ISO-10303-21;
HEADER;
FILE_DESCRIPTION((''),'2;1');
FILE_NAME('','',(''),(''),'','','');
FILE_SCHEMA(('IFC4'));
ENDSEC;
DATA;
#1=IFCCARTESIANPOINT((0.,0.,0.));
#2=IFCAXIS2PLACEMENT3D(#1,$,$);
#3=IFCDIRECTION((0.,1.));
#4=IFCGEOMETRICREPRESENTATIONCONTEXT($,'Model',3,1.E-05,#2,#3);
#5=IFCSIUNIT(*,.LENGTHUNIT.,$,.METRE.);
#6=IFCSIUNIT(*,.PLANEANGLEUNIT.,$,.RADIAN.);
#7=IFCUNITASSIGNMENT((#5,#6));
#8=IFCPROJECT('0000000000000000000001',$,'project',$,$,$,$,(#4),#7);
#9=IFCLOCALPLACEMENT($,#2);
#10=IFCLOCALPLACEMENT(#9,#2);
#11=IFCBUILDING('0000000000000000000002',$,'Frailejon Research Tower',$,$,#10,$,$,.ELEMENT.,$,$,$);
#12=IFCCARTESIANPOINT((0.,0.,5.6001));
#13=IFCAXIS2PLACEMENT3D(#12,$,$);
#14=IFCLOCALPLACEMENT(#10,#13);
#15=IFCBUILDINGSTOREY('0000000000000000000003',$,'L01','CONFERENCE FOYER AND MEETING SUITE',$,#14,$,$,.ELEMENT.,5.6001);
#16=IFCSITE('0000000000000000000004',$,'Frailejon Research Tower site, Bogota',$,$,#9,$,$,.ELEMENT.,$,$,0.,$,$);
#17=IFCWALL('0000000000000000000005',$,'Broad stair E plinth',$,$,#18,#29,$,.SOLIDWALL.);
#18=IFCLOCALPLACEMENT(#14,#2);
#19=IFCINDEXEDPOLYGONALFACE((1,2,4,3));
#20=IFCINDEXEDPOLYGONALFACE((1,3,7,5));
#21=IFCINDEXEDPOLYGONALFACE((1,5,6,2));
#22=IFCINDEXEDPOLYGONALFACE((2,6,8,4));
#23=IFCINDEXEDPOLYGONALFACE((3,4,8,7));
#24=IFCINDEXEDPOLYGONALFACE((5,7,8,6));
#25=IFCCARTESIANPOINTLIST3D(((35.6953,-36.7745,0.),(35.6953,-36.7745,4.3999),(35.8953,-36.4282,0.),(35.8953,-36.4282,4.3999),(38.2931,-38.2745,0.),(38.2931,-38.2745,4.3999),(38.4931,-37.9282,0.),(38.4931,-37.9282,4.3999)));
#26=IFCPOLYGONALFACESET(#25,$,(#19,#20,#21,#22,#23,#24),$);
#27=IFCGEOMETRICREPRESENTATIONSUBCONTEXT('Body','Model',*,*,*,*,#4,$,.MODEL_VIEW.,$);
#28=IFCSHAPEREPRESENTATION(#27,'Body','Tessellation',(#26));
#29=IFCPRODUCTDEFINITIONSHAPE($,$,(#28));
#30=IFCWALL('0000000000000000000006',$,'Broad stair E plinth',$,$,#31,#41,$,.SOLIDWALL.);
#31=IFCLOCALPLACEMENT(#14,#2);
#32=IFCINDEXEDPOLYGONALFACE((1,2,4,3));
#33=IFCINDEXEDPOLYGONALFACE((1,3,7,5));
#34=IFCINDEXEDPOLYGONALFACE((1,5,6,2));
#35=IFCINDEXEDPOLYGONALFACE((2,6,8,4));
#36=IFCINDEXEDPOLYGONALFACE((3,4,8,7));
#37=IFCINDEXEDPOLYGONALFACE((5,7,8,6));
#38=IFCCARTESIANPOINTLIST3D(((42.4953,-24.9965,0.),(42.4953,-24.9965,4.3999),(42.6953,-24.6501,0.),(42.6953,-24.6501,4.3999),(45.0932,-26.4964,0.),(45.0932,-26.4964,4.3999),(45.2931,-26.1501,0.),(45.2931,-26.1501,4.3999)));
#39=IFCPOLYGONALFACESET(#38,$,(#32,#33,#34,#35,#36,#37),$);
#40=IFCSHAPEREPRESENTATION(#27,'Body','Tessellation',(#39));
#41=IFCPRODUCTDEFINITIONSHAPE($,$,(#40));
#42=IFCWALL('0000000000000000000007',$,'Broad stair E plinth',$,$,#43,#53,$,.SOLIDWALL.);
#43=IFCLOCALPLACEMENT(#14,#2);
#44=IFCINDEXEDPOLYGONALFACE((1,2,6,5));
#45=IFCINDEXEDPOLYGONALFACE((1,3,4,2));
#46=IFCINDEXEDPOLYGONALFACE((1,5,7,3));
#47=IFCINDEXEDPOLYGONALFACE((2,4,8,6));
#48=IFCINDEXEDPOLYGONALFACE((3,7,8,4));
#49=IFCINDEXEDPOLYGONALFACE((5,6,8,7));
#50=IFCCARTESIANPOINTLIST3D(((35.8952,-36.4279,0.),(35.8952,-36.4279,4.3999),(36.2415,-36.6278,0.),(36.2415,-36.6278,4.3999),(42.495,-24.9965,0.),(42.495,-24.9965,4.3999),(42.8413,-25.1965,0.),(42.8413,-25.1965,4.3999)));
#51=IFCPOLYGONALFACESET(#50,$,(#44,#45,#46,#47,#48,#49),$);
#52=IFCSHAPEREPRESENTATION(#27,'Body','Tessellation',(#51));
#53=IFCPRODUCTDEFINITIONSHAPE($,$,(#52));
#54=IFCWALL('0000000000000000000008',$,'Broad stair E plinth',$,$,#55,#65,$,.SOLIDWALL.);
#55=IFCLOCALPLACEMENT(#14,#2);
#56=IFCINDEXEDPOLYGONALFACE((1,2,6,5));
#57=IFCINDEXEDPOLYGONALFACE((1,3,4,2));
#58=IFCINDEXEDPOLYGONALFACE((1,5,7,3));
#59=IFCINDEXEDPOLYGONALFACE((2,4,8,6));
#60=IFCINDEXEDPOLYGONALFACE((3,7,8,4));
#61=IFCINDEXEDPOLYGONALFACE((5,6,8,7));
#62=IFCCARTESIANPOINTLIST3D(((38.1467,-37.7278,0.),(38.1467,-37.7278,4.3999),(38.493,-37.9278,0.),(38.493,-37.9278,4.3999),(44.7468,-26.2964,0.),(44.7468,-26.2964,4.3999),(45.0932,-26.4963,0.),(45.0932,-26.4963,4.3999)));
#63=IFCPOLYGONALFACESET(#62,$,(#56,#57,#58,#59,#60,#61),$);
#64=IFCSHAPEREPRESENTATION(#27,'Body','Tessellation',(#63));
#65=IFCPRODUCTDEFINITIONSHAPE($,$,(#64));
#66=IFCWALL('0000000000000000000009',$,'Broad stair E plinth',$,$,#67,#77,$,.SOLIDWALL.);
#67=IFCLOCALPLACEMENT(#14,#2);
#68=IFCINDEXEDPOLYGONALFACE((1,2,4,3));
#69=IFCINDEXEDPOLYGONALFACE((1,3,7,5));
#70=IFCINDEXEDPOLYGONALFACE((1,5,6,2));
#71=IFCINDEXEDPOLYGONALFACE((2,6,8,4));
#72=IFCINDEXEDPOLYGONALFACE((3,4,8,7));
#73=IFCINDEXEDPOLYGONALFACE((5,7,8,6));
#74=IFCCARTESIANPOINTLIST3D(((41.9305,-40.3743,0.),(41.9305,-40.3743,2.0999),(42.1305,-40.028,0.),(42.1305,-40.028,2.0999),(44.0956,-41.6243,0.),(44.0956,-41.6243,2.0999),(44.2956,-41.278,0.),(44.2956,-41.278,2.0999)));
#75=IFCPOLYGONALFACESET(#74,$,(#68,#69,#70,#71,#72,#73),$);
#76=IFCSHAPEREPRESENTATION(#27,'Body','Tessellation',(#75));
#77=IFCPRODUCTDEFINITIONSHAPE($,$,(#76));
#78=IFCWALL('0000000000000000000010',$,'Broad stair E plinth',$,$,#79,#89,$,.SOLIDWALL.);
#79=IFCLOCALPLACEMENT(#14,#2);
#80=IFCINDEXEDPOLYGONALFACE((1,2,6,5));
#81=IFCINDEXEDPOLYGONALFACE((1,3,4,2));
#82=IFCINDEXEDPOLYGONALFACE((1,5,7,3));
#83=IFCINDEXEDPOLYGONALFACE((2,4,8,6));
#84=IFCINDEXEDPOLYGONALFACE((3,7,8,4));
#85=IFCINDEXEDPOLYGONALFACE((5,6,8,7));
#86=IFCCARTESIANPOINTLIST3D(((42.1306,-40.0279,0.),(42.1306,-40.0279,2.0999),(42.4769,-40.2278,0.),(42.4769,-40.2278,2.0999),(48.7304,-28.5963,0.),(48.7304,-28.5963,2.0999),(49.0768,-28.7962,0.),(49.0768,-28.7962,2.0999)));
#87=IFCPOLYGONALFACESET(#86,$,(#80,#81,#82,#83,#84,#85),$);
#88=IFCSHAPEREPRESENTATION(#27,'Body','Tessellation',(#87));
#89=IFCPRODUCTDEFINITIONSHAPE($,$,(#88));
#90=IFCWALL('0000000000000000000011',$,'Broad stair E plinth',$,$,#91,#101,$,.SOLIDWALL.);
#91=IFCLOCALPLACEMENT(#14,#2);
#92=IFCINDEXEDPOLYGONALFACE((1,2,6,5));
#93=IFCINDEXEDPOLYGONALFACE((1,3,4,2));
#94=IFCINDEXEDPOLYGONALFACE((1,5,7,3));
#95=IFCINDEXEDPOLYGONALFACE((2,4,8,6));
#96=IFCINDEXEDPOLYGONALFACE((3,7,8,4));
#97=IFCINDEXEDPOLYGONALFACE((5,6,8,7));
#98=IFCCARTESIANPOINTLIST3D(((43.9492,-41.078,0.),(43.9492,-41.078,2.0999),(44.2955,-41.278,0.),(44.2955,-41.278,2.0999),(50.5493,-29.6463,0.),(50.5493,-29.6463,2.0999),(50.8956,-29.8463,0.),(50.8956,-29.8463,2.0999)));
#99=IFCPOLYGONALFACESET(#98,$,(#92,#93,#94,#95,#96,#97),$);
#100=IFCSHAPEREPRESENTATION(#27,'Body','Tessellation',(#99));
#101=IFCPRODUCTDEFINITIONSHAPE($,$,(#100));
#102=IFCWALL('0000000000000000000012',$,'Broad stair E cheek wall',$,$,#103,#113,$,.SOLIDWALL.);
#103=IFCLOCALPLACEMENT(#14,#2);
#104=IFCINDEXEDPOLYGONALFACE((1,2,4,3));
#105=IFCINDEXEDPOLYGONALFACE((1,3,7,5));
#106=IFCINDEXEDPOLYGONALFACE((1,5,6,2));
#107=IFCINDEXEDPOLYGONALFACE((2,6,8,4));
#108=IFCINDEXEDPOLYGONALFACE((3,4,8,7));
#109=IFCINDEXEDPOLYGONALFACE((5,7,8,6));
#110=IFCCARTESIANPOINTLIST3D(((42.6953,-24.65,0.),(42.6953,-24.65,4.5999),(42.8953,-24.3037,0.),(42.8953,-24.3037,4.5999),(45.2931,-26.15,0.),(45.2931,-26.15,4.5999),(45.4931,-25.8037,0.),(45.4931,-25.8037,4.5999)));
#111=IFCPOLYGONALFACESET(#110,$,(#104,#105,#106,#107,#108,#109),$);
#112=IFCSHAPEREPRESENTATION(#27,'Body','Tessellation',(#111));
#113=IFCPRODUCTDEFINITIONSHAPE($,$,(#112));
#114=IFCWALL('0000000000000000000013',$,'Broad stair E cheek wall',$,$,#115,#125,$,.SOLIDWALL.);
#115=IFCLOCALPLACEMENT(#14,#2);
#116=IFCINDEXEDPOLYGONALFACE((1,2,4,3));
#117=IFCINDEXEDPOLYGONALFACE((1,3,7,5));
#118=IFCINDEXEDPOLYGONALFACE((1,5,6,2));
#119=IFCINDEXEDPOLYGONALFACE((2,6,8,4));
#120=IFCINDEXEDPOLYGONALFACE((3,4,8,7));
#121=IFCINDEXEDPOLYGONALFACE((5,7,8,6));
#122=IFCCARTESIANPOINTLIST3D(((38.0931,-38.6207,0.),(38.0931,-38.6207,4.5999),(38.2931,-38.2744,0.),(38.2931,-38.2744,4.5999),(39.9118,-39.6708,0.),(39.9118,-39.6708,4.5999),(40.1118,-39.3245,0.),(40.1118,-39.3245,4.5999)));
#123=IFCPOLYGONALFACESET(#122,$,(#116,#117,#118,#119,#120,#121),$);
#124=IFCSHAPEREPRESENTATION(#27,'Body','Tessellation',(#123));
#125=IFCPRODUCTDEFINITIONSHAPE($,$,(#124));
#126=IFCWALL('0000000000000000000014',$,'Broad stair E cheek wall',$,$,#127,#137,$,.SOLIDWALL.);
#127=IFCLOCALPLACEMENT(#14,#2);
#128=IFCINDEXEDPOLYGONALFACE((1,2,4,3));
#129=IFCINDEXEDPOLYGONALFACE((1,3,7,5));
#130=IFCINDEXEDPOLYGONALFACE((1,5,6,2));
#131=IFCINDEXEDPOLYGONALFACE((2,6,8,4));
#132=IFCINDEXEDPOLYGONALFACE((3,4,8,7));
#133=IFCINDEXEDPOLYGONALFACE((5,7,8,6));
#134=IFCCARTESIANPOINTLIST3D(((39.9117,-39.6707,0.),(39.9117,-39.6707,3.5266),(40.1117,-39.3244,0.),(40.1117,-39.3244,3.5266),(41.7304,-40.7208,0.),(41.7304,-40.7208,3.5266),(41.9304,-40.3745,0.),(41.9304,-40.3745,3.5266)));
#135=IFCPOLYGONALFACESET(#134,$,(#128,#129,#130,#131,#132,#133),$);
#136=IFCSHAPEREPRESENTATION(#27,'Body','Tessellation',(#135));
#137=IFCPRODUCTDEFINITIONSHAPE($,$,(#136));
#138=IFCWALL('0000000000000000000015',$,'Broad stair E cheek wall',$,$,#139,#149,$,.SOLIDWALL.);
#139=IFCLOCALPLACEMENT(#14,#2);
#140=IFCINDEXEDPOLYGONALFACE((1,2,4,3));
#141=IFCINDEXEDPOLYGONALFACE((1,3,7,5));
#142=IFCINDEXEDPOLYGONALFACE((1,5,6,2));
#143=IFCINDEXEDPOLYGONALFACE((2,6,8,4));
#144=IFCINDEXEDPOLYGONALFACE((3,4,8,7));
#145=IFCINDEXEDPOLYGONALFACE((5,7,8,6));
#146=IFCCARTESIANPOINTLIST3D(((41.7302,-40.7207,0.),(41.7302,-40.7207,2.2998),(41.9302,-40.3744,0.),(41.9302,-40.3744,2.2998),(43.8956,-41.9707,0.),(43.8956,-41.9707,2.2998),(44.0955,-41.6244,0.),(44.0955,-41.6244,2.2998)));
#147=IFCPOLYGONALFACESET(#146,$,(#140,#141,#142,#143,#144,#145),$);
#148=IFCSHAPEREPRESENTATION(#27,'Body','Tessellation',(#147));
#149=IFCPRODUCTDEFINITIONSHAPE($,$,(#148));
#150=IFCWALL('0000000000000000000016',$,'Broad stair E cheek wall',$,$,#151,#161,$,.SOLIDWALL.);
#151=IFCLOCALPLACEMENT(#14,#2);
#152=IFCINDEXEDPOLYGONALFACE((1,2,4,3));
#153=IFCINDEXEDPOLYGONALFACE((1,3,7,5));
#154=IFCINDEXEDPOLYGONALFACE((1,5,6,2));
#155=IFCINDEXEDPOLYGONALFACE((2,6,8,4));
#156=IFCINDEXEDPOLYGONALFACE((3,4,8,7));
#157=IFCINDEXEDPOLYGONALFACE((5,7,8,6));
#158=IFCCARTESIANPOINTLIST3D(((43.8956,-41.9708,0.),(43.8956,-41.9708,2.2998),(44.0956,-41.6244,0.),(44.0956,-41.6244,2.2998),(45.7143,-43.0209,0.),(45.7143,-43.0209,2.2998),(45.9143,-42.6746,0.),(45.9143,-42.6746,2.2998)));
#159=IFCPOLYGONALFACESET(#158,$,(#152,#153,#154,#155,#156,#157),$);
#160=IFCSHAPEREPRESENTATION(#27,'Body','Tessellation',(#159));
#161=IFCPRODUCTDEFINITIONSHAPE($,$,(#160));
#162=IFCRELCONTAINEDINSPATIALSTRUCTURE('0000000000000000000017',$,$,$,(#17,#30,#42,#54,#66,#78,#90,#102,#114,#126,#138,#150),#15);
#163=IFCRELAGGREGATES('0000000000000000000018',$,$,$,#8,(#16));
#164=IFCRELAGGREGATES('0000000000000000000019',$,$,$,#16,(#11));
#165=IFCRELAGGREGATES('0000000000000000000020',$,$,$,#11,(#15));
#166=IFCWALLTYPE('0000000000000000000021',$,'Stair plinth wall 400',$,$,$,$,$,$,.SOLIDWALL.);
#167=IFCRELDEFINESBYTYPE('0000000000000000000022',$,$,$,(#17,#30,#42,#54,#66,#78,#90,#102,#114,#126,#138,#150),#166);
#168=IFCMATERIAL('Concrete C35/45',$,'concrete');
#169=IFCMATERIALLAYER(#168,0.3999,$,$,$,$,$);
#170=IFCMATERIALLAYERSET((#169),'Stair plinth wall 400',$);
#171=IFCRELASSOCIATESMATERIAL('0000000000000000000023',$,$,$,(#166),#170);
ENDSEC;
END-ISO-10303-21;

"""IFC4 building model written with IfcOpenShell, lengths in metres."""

from ifc_helpers import new_model, si_unit, direction, frame, frame_2d, origin, place, context, subcontext, project, spatial, rectangle, extrude, material, layer, layer_set, type_object, element, save


model = new_model("IFC4")

# Units and contexts
model_context = context("Model", 3, precision=1e-05, world=origin(), true_north=direction((0.0, 1.0)))
body_context = subcontext(model_context, "Body", "Model", "MODEL_VIEW")
ifc_project = project(units=[si_unit("LENGTHUNIT", "METRE"), si_unit("PLANEANGLEUNIT", "RADIAN")], contexts=[model_context])

# Site, building, storey
site_placement = place(None, origin())
site = spatial("IfcSite", under=ifc_project, at=site_placement, Name="Frailejon Research Tower site, Bogota", CompositionType="ELEMENT", RefElevation=0.0)
building_placement = place(site_placement, origin())
building = spatial("IfcBuilding", under=site, at=building_placement, Name="Frailejon Research Tower", CompositionType="ELEMENT")
storey_placement = place(building_placement, frame((0.0, 0.0, 5.6001)))
storey = spatial("IfcBuildingStorey", under=building, at=storey_placement, Name="L01", Description="CONFERENCE FOYER AND MEETING SUITE", CompositionType="ELEMENT", Elevation=5.6001)

# Walls
ifc_material_1 = material(Name="Concrete C35/45", Category="concrete")
ifc_layer = layer(ifc_material_1, 0.3999)
ifc_layer_set = layer_set([ifc_layer], Name="Stair plinth wall 400")
wall_type = type_object("IfcWallType", Name="Stair plinth wall 400", PredefinedType="SOLIDWALL", material=ifc_layer_set)
for number, where, z_axis, x_axis, name in (
    (1, (35.7952, -36.6013, 0.0), (0.0, 0.0, 1.0), (0.866011, -0.500025, 0.0), "Broad stair E plinth"),
    (2, (42.5952, -24.8232, 0.0), (0.0, 0.0, 1.0), (0.866011, -0.500025, 0.0), "Broad stair E plinth"),
):
    element("IfcWall", number, at=place(storey_placement, frame(where, z_axis=z_axis, x_axis=x_axis)), inside=storey, type_object=wall_type, Name=name, PredefinedType="SOLIDWALL", context=body_context, shape_type="SweptSolid", body=[
        extrude(rectangle(XDim=2.9998, YDim=0.3999, at=frame_2d((1.5, 0.0))), origin(), (0.0, 0.0, 1.0), 4.3999),
    ])
wall_1_placement = place(storey_placement, frame((36.0684, -36.5278, 0.0), z_axis=(0.0, 0.0, 1.0), x_axis=(0.499996, 0.866028, 0.0)))
element("IfcWall", 3, at=wall_1_placement, inside=storey, type_object=wall_type, Name="Broad stair E plinth", PredefinedType="SOLIDWALL", context=body_context, shape_type="SweptSolid", body=[
    extrude(rectangle(XDim=13.1997, YDim=0.3999, at=frame_2d((6.5999, 0.0))), origin(), (0.0, 0.0, 1.0), 4.3999),
])
wall_2_placement = place(storey_placement, frame((38.3198, -37.8279, 0.0), z_axis=(0.0, 0.0, 1.0), x_axis=(0.50001, 0.86602, 0.0)))
element("IfcWall", 4, at=wall_2_placement, inside=storey, type_object=wall_type, Name="Broad stair E plinth", PredefinedType="SOLIDWALL", context=body_context, shape_type="SweptSolid", body=[
    extrude(rectangle(XDim=13.2, YDim=0.3999, at=frame_2d((6.6001, 0.0))), origin(), (0.0, 0.0, 1.0), 4.3999),
])
wall_3_placement = place(storey_placement, frame((42.0305, -40.2012, 0.0), z_axis=(0.0, 0.0, 1.0), x_axis=(0.866023, -0.500004, 0.0)))
element("IfcWall", 5, at=wall_3_placement, inside=storey, type_object=wall_type, Name="Broad stair E plinth", PredefinedType="SOLIDWALL", context=body_context, shape_type="SweptSolid", body=[
    extrude(rectangle(XDim=2.5, YDim=0.3999, at=frame_2d((1.25, 0.0))), origin(), (0.0, 0.0, 1.0), 2.0999),
])
wall_4_placement = place(storey_placement, frame((42.3037, -40.1279, 0.0), z_axis=(0.0, 0.0, 1.0), x_axis=(0.499988, 0.866032, 0.0)))
element("IfcWall", 6, at=wall_4_placement, inside=storey, type_object=wall_type, Name="Broad stair E plinth", PredefinedType="SOLIDWALL", context=body_context, shape_type="SweptSolid", body=[
    extrude(rectangle(XDim=13.2, YDim=0.3999, at=frame_2d((6.6001, 0.0))), origin(), (0.0, 0.0, 1.0), 2.0999),
])
wall_5_placement = place(storey_placement, frame((44.1223, -41.178, 0.0), z_axis=(0.0, 0.0, 1.0), x_axis=(0.500002, 0.866024, 0.0)))
element("IfcWall", 7, at=wall_5_placement, inside=storey, type_object=wall_type, Name="Broad stair E plinth", PredefinedType="SOLIDWALL", context=body_context, shape_type="SweptSolid", body=[
    extrude(rectangle(XDim=13.2002, YDim=0.3999, at=frame_2d((6.6001, 0.0))), origin(), (0.0, 0.0, 1.0), 2.0999),
])
wall_6_placement = place(storey_placement, frame((42.7952, -24.4768, 0.0), z_axis=(0.0, 0.0, 1.0), x_axis=(0.866011, -0.500025, 0.0)))
element("IfcWall", 8, at=wall_6_placement, inside=storey, type_object=wall_type, Name="Broad stair E cheek wall", PredefinedType="SOLIDWALL", context=body_context, shape_type="SweptSolid", body=[
    extrude(rectangle(XDim=2.9998, YDim=0.3999, at=frame_2d((1.5, 0.0))), origin(), (0.0, 0.0, 1.0), 4.5999),
])
wall_7_placement = place(storey_placement, frame((38.1931, -38.4475, 0.0), z_axis=(0.0, 0.0, 1.0), x_axis=(0.866009, -0.500028, 0.0)))
element("IfcWall", 9, at=wall_7_placement, inside=storey, type_object=wall_type, Name="Broad stair E cheek wall", PredefinedType="SOLIDWALL", context=body_context, shape_type="SweptSolid", body=[
    extrude(rectangle(XDim=2.1001, YDim=0.3999, at=frame_2d((1.05, 0.0))), origin(), (0.0, 0.0, 1.0), 4.5999),
])
wall_8_placement = place(storey_placement, frame((40.0117, -39.4976, 0.0), z_axis=(0.0, 0.0, 1.0), x_axis=(0.866009, -0.500028, 0.0)))
element("IfcWall", 10, at=wall_8_placement, inside=storey, type_object=wall_type, Name="Broad stair E cheek wall", PredefinedType="SOLIDWALL", context=body_context, shape_type="SweptSolid", body=[
    extrude(rectangle(XDim=2.1001, YDim=0.3999, at=frame_2d((1.05, 0.0))), origin(), (0.0, 0.0, 1.0), 3.5266),
])
wall_9_placement = place(storey_placement, frame((41.8303, -40.5476, 0.0), z_axis=(0.0, 0.0, 1.0), x_axis=(0.866047, -0.499962, 0.0)))
element("IfcWall", 11, at=wall_9_placement, inside=storey, type_object=wall_type, Name="Broad stair E cheek wall", PredefinedType="SOLIDWALL", context=body_context, shape_type="SweptSolid", body=[
    extrude(rectangle(XDim=2.5002, YDim=0.3999, at=frame_2d((1.25, 0.0))), origin(), (0.0, 0.0, 1.0), 2.2998),
])
wall_10_placement = place(storey_placement, frame((43.9956, -41.7976, 0.0), z_axis=(0.0, 0.0, 1.0), x_axis=(0.866009, -0.500028, 0.0)))
element("IfcWall", 12, at=wall_10_placement, inside=storey, type_object=wall_type, Name="Broad stair E cheek wall", PredefinedType="SOLIDWALL", context=body_context, shape_type="SweptSolid", body=[
    extrude(rectangle(XDim=2.1001, YDim=0.3999, at=frame_2d((1.05, 0.0))), origin(), (0.0, 0.0, 1.0), 2.2998),
])

save(model, "model.ifc")
